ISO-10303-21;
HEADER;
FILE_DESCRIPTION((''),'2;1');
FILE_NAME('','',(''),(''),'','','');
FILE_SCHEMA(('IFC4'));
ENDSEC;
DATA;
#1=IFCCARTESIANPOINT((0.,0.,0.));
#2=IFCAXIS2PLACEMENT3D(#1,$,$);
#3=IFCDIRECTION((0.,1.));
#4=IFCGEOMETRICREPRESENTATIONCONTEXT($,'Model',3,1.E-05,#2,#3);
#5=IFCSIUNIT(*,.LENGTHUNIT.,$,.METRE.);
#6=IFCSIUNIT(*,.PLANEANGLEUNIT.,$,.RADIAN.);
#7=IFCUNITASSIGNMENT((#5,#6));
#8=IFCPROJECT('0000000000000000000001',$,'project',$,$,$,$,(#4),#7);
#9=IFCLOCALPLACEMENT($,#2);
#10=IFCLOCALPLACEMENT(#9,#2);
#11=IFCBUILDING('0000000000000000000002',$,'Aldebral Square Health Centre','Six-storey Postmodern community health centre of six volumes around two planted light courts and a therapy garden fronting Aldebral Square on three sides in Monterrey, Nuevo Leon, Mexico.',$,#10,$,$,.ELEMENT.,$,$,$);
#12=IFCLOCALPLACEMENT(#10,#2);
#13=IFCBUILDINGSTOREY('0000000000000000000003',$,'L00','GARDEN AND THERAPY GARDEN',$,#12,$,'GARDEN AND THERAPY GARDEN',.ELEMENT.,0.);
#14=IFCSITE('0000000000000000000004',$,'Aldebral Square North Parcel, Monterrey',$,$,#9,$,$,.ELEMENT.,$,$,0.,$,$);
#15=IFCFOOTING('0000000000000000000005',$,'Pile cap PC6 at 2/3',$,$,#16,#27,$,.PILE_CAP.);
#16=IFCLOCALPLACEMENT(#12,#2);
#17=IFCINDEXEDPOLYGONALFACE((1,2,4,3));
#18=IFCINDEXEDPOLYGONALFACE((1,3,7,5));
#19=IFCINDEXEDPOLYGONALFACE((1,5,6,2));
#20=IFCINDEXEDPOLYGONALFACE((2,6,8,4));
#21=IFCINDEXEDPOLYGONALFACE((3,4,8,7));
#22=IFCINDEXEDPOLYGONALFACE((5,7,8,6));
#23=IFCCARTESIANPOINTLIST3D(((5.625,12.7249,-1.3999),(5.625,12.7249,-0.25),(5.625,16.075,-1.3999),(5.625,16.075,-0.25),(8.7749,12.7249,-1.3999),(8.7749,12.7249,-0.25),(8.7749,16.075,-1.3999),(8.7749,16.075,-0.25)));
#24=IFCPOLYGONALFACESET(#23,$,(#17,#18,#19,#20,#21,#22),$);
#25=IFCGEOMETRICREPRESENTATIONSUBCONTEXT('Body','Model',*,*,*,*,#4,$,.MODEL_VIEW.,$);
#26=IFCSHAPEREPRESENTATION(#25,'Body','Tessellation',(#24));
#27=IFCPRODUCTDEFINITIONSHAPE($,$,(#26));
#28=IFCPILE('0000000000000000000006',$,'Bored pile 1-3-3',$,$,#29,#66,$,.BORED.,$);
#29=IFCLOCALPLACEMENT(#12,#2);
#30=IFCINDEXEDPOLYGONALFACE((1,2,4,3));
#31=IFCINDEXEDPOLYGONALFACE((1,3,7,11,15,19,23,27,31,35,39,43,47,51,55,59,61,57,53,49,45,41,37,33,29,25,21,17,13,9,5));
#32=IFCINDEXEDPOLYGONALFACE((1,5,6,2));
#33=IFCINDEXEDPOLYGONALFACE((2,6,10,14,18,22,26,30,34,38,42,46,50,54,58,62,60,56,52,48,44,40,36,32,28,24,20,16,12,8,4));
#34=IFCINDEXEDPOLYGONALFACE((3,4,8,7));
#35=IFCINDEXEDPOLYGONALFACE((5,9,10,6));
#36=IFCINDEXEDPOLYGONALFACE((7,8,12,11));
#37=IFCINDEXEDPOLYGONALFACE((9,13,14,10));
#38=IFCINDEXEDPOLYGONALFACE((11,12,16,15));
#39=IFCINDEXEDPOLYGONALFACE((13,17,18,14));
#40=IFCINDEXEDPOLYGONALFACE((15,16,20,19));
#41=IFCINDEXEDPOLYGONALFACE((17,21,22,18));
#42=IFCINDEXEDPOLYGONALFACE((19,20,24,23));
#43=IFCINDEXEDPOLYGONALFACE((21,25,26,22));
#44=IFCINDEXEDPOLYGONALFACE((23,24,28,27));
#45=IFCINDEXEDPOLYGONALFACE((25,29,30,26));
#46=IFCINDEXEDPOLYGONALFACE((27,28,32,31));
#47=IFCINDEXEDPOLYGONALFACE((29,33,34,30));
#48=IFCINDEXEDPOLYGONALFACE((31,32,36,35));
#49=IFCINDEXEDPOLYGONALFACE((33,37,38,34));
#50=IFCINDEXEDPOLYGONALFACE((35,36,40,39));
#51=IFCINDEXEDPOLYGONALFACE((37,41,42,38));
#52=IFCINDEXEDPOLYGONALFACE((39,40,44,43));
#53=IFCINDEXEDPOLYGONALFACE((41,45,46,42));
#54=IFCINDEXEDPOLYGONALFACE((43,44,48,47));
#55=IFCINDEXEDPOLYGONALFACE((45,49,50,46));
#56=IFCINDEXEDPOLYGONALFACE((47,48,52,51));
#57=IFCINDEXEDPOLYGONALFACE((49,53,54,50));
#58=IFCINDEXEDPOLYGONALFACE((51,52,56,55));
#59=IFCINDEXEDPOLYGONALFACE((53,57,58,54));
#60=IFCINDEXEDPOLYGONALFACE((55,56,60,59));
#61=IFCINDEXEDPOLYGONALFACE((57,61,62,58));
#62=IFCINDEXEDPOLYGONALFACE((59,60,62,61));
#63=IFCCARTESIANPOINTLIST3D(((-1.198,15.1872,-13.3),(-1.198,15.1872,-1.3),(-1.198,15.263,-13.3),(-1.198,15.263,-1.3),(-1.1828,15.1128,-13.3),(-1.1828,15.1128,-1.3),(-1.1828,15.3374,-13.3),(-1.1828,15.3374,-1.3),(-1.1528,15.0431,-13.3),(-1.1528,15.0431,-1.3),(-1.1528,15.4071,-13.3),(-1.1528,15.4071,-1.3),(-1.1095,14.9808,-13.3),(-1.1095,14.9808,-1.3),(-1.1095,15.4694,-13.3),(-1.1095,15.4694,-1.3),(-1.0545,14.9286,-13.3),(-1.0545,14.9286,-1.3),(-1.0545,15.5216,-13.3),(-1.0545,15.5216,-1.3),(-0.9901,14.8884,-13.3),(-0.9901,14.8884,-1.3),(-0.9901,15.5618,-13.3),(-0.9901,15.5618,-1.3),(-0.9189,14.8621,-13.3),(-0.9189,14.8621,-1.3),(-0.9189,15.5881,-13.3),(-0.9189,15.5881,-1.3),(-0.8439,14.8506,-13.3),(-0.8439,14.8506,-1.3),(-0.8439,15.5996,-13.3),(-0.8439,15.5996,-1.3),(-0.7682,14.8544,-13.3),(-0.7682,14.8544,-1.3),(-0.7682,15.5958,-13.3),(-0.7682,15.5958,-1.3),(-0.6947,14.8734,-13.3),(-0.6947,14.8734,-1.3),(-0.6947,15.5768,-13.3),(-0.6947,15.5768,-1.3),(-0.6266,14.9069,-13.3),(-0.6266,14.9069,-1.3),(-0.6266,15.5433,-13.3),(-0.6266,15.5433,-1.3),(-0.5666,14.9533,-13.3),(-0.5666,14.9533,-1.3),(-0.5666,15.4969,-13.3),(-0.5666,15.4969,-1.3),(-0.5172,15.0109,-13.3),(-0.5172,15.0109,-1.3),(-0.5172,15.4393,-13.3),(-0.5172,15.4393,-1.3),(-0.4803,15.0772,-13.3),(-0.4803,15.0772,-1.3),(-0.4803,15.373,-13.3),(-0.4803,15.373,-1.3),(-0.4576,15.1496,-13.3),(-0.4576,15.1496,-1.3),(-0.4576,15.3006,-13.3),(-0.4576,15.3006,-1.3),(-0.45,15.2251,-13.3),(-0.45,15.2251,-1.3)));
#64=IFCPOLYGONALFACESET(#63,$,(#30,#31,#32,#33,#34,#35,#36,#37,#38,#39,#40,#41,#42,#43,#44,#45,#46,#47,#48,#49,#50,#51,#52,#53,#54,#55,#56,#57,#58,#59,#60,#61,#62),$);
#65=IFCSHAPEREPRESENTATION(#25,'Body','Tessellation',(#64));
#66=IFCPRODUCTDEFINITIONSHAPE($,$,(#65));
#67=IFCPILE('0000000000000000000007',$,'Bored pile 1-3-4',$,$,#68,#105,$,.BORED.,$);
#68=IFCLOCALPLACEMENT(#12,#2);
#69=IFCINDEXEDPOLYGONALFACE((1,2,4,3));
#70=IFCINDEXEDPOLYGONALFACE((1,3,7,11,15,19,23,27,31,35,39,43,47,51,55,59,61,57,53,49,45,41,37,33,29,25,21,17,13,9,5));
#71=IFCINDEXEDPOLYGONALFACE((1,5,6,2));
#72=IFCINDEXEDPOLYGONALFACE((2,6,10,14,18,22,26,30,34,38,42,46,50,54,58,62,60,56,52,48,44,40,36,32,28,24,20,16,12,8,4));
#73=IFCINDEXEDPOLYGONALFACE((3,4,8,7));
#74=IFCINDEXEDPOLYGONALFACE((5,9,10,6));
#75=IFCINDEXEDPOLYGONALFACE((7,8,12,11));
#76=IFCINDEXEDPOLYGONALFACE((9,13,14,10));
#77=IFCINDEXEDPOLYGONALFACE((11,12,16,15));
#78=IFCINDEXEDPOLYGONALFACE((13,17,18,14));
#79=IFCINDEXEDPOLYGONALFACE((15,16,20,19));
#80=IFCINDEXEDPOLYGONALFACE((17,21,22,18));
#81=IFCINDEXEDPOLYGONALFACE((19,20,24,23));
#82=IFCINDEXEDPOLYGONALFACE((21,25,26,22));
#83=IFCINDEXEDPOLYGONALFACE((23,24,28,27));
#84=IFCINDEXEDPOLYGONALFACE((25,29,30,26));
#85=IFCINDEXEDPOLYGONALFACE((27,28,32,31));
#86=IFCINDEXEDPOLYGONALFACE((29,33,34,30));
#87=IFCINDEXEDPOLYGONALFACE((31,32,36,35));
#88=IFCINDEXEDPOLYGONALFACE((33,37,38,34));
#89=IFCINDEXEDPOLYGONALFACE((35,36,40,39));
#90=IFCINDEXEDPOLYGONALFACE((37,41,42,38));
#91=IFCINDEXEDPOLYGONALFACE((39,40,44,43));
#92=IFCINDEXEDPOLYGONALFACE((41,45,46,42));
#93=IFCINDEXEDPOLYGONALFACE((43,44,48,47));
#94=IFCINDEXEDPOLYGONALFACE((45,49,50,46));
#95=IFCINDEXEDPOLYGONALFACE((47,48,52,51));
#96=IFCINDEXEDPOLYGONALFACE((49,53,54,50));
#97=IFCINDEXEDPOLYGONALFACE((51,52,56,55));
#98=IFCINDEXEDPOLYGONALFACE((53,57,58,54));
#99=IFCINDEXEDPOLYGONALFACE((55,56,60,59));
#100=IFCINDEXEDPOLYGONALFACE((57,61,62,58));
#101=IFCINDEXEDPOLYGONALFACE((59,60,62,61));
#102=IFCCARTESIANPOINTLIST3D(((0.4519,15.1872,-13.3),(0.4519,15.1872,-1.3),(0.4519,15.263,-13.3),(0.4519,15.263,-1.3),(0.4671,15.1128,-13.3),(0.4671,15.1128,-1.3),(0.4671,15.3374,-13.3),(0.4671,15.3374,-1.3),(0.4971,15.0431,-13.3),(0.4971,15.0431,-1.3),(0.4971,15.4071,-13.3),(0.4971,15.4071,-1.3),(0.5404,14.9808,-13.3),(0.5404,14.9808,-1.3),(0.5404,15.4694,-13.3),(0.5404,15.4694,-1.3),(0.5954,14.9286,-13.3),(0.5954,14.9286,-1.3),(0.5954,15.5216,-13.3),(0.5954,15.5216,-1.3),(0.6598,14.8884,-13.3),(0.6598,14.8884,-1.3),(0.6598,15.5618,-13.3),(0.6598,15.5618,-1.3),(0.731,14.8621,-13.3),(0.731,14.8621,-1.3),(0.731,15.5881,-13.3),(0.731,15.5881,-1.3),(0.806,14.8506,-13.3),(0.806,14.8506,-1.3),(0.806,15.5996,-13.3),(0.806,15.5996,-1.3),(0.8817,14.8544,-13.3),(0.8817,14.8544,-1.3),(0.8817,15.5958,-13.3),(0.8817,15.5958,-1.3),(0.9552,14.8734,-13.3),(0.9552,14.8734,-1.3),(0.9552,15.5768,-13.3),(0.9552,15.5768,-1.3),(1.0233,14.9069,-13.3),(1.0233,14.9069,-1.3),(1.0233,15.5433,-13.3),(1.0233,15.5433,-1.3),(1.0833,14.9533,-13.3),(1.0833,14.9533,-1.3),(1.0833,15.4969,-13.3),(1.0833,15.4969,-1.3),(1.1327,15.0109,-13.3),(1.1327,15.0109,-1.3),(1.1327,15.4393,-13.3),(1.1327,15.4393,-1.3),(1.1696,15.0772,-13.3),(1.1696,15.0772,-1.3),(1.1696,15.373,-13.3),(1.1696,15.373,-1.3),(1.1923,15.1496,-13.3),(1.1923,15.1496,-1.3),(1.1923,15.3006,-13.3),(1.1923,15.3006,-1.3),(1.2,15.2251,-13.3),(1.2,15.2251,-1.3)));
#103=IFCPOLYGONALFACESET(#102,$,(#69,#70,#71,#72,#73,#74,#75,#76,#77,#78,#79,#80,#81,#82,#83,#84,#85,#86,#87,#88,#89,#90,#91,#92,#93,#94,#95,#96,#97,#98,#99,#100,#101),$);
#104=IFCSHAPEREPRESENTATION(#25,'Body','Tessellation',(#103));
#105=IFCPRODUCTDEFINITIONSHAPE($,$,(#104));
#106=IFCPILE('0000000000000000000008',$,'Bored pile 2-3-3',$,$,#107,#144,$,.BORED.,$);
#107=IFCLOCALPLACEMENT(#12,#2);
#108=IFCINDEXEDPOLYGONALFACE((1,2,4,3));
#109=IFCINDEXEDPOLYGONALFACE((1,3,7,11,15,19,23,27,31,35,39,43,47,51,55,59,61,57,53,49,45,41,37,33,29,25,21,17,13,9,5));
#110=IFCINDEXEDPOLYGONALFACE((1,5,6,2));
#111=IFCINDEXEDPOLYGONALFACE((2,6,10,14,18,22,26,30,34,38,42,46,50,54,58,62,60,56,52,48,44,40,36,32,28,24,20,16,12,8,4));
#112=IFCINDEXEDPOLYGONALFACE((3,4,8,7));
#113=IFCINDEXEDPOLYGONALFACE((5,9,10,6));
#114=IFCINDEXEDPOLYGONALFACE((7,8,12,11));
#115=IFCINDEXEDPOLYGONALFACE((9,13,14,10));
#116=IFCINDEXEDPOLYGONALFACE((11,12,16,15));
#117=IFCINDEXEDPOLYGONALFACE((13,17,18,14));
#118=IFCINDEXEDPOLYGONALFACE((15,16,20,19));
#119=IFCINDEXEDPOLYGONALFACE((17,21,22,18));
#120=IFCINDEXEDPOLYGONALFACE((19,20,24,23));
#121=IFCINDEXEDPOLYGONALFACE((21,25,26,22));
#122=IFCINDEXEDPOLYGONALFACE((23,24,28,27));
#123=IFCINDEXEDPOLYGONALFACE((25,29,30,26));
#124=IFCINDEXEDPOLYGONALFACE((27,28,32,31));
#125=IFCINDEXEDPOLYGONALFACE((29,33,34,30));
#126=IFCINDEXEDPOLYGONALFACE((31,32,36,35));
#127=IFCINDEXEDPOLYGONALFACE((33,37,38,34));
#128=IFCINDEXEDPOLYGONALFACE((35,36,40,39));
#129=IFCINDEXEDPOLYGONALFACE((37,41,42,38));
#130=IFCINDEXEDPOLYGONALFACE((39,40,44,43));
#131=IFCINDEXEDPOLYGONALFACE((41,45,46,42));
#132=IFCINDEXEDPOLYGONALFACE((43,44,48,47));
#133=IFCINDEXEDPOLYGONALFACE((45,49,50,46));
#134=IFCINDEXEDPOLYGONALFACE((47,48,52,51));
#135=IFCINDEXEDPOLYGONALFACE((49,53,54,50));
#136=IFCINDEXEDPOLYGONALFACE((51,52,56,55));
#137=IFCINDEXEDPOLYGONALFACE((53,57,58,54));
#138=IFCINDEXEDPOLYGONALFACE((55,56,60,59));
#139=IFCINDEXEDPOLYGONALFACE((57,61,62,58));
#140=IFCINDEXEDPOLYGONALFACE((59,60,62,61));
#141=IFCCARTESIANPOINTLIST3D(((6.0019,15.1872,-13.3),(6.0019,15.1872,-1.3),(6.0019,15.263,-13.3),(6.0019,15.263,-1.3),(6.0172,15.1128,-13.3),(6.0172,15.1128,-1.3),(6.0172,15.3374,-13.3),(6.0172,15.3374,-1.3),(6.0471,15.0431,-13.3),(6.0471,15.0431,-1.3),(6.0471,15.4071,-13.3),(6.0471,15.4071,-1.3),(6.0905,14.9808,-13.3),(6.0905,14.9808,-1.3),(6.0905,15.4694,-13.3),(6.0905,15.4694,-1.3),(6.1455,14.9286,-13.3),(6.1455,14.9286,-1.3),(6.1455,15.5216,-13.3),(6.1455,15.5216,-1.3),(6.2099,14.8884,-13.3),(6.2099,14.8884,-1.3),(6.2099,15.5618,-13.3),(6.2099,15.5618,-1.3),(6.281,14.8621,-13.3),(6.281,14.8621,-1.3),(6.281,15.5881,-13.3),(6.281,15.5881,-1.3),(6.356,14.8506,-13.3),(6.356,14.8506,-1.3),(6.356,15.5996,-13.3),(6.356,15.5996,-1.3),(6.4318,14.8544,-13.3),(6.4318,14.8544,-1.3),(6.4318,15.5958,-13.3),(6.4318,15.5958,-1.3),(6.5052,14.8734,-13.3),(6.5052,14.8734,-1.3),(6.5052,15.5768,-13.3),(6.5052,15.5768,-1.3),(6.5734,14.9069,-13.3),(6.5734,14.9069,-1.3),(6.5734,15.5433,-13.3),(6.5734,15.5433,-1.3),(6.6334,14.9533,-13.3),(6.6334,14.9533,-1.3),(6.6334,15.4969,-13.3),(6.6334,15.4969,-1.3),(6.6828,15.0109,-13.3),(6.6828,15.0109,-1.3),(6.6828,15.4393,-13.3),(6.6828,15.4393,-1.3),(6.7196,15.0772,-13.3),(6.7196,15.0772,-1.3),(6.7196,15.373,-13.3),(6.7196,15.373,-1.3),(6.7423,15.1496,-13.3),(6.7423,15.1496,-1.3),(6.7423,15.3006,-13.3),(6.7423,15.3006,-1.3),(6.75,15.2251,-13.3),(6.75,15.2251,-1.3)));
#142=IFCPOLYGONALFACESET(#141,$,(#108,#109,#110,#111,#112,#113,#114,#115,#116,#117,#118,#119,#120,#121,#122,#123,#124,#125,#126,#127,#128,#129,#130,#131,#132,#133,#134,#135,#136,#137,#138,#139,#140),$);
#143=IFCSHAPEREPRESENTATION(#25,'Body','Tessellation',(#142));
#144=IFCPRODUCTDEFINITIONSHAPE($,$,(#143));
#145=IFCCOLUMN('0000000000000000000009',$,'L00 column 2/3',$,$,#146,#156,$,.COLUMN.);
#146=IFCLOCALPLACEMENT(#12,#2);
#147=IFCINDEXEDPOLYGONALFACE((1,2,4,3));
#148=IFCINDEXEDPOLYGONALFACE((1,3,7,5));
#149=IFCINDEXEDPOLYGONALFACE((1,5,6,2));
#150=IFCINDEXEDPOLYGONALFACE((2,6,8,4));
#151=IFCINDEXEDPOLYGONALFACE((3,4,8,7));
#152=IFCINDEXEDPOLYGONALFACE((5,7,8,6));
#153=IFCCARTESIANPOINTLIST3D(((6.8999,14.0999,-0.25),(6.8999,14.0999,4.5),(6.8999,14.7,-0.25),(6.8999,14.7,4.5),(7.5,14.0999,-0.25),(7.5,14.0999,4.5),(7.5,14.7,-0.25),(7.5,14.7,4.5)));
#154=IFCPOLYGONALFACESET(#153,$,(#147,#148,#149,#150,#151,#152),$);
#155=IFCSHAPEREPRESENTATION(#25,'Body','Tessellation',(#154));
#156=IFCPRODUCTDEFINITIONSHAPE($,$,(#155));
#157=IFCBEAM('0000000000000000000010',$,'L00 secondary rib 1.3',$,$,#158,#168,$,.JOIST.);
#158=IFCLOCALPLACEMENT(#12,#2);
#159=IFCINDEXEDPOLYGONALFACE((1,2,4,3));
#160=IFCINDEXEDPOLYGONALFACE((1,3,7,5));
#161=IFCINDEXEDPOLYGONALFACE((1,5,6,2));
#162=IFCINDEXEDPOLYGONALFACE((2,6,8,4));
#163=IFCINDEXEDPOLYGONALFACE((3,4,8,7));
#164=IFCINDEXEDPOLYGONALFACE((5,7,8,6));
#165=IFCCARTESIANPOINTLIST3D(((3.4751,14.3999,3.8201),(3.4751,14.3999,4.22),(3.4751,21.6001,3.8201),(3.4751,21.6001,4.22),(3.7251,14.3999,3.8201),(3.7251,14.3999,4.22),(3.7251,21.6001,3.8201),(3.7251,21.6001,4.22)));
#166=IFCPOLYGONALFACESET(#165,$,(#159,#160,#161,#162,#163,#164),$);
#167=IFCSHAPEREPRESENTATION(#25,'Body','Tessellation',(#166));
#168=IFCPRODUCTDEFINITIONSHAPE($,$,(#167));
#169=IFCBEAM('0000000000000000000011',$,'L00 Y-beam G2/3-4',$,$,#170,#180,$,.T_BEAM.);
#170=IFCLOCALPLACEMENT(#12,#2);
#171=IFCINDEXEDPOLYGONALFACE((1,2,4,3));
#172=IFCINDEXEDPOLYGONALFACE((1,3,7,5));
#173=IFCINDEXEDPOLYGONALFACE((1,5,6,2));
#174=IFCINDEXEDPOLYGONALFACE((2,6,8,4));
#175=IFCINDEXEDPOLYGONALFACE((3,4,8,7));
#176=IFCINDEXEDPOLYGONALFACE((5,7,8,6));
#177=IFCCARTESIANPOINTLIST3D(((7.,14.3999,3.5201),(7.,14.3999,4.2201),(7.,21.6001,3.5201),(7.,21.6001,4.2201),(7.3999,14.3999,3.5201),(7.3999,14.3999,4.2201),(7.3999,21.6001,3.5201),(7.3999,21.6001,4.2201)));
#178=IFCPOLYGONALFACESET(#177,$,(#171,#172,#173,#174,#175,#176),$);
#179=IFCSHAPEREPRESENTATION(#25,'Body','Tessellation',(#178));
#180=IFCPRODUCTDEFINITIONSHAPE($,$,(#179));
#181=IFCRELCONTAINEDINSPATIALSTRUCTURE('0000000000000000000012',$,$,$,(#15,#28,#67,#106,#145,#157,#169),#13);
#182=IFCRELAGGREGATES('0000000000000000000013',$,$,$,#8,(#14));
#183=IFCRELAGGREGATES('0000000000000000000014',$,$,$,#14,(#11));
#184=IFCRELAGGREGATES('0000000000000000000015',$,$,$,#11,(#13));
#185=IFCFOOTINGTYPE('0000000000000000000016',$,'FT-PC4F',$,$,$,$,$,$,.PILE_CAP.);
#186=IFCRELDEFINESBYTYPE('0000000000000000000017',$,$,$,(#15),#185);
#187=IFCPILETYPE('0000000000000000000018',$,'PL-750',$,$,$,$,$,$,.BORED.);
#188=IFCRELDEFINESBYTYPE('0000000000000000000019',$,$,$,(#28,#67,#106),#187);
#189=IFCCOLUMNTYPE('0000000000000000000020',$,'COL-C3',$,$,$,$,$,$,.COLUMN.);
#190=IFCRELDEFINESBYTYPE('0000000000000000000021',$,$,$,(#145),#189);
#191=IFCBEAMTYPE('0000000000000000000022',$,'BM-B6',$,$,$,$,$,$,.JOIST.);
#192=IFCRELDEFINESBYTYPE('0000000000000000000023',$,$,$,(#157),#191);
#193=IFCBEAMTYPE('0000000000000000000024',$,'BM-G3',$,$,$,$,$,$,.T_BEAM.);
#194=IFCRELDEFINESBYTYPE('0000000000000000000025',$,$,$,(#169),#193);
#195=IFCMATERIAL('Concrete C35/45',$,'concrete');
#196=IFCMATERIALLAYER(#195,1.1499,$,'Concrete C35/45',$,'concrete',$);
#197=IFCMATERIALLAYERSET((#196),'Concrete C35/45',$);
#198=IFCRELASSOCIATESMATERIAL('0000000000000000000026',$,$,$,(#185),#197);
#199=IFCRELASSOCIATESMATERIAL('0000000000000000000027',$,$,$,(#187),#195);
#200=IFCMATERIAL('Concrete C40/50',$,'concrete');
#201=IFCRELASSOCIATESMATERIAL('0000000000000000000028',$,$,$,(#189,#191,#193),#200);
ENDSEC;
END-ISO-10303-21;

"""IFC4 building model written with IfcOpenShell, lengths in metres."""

from ifc_helpers import new_model, si_unit, direction, frame, origin, origin_2d, place, context, subcontext, project, spatial, rectangle, circle, extrude, material, layer, layer_set, material_profile, profile_set, type_object, element, save


model = new_model("IFC4")

# Units and contexts
model_context = context("Model", 3, precision=1e-05, world=origin(), true_north=direction((0.0, 1.0)))
body_context = subcontext(model_context, "Body", "Model", "MODEL_VIEW")
ifc_project = project(units=[si_unit("LENGTHUNIT", "METRE"), si_unit("PLANEANGLEUNIT", "RADIAN")], contexts=[model_context])

# Site, building, storey
site_placement = place(None, origin())
site = spatial("IfcSite", under=ifc_project, at=site_placement, Name="Aldebral Square North Parcel, Monterrey", CompositionType="ELEMENT", RefElevation=0.0)
building_placement = place(site_placement, origin())
building = spatial("IfcBuilding", under=site, at=building_placement, Name="Aldebral Square Health Centre", Description="Six-storey Postmodern community health centre of six volumes around two planted light courts and a therapy garden fronting Aldebral Square on three sides in Monterrey, Nuevo Leon, Mexico.", CompositionType="ELEMENT")
storey_placement = place(building_placement, origin())
storey = spatial("IfcBuildingStorey", under=building, at=storey_placement, Name="L00", Description="GARDEN AND THERAPY GARDEN", LongName="GARDEN AND THERAPY GARDEN", CompositionType="ELEMENT", Elevation=0.0)

# Footing
ifc_material_1 = material(Name="Concrete C35/45", Category="concrete")
ifc_layer_1 = layer(ifc_material_1, 1.1499, Name="Concrete C35/45", Category="concrete")
ifc_layer_set_1 = layer_set([ifc_layer_1], Name="Concrete C35/45")
footing_type = type_object("IfcFootingType", Name="FT-PC4F", PredefinedType="PILE_CAP", material=ifc_layer_set_1)
footing_placement = place(storey_placement, frame((7.2, 14.3999, -1.3999), z_axis=(0.0, 0.0, 1.0), x_axis=(1.0, 0.0, 0.0)))
element("IfcFooting", 1, at=footing_placement, inside=storey, type_object=footing_type, Name="Pile cap PC6 at 2/3", PredefinedType="PILE_CAP", context=body_context, shape_type="SweptSolid", body=[
    extrude(rectangle(XDim=3.1499, YDim=3.3501, at=origin_2d()), origin(), (0.0, 0.0, 1.0), 1.1499),
])

# Piles
ifc_material_profile_1 = material_profile(ifc_material_1, circle(Radius=0.375, at=origin_2d()), Name="PILE D750")
ifc_profile_set_1 = profile_set([ifc_material_profile_1], Name="Concrete C35/45")
pile_type = type_object("IfcPileType", Name="PL-750", PredefinedType="BORED", material=ifc_profile_set_1)
for number, where, z_axis, x_axis, name in (
    (2, (-0.825, 15.2251, -1.3), (0.0, 0.0, -1.0), (1.0, 0.0, 0.0), "Bored pile 1-3-3"),
    (3, (0.825, 15.2251, -1.3), (0.0, 0.0, -1.0), (1.0, 0.0, 0.0), "Bored pile 1-3-4"),
    (4, (6.375, 15.2251, -1.3), (0.0, 0.0, -1.0), (1.0, 0.0, 0.0), "Bored pile 2-3-3"),
):
    element("IfcPile", number, at=place(storey_placement, frame(where, z_axis=z_axis, x_axis=x_axis)), inside=storey, type_object=pile_type, Name=name, PredefinedType="BORED", context=body_context, shape_type="SweptSolid", body=[
        extrude(circle(Radius=0.375, at=origin_2d()), origin(), (0.0, 0.0, 1.0), 12.0),
    ])

# Column
ifc_material_2 = material(Name="Concrete C40/50", Category="concrete")
ifc_material_profile_2 = material_profile(ifc_material_2, rectangle(XDim=0.6001, YDim=0.6001, at=origin_2d()), Name="RC 600x600")
ifc_profile_set_2 = profile_set([ifc_material_profile_2], Name="Concrete C40/50")
column_type = type_object("IfcColumnType", Name="COL-C3", PredefinedType="COLUMN", material=ifc_profile_set_2)
column_placement = place(storey_placement, frame((7.2, 14.3999, -0.25), z_axis=(0.0, 0.0, 1.0), x_axis=(1.0, 0.0, 0.0)))
element("IfcColumn", 5, at=column_placement, inside=storey, type_object=column_type, Name="L00 column 2/3", PredefinedType="COLUMN", context=body_context, shape_type="SweptSolid", body=[
    extrude(rectangle(XDim=0.6001, YDim=0.6001, at=origin_2d()), origin(), (0.0, 0.0, 1.0), 4.75),
])

# Beams
ifc_material_profile_3 = material_profile(ifc_material_2, rectangle(XDim=0.25, YDim=0.3999, at=origin_2d()), Name="RC 250x400")
ifc_profile_set_3 = profile_set([ifc_material_profile_3], Name="Concrete C40/50")
beam_type_1 = type_object("IfcBeamType", Name="BM-B6", PredefinedType="JOIST", material=ifc_profile_set_3)
beam_1_placement = place(storey_placement, frame((3.6001, 14.3999, 4.02), z_axis=(0.0, 1.0, 0.0), x_axis=(-1.0, 0.0, 0.0)))
element("IfcBeam", 6, at=beam_1_placement, inside=storey, type_object=beam_type_1, Name="L00 secondary rib 1.3", PredefinedType="JOIST", context=body_context, shape_type="SweptSolid", body=[
    extrude(rectangle(XDim=0.25, YDim=0.3999, at=origin_2d()), origin(), (0.0, 0.0, 1.0), 7.2002),
])
ifc_material_profile_4 = material_profile(ifc_material_2, rectangle(XDim=0.3999, YDim=0.7, at=origin_2d()), Name="RC 400x700")
ifc_profile_set_4 = profile_set([ifc_material_profile_4], Name="Concrete C40/50")
beam_type_2 = type_object("IfcBeamType", Name="BM-G3", PredefinedType="T_BEAM", material=ifc_profile_set_4)
beam_2_placement = place(storey_placement, frame((7.2, 14.3999, 3.8701), z_axis=(0.0, 1.0, 0.0), x_axis=(-1.0, 0.0, 0.0)))
element("IfcBeam", 7, at=beam_2_placement, inside=storey, type_object=beam_type_2, Name="L00 Y-beam G2/3-4", PredefinedType="T_BEAM", context=body_context, shape_type="SweptSolid", body=[
    extrude(rectangle(XDim=0.3999, YDim=0.7, at=origin_2d()), origin(), (0.0, 0.0, 1.0), 7.2002),
])

save(model, "model.ifc")
